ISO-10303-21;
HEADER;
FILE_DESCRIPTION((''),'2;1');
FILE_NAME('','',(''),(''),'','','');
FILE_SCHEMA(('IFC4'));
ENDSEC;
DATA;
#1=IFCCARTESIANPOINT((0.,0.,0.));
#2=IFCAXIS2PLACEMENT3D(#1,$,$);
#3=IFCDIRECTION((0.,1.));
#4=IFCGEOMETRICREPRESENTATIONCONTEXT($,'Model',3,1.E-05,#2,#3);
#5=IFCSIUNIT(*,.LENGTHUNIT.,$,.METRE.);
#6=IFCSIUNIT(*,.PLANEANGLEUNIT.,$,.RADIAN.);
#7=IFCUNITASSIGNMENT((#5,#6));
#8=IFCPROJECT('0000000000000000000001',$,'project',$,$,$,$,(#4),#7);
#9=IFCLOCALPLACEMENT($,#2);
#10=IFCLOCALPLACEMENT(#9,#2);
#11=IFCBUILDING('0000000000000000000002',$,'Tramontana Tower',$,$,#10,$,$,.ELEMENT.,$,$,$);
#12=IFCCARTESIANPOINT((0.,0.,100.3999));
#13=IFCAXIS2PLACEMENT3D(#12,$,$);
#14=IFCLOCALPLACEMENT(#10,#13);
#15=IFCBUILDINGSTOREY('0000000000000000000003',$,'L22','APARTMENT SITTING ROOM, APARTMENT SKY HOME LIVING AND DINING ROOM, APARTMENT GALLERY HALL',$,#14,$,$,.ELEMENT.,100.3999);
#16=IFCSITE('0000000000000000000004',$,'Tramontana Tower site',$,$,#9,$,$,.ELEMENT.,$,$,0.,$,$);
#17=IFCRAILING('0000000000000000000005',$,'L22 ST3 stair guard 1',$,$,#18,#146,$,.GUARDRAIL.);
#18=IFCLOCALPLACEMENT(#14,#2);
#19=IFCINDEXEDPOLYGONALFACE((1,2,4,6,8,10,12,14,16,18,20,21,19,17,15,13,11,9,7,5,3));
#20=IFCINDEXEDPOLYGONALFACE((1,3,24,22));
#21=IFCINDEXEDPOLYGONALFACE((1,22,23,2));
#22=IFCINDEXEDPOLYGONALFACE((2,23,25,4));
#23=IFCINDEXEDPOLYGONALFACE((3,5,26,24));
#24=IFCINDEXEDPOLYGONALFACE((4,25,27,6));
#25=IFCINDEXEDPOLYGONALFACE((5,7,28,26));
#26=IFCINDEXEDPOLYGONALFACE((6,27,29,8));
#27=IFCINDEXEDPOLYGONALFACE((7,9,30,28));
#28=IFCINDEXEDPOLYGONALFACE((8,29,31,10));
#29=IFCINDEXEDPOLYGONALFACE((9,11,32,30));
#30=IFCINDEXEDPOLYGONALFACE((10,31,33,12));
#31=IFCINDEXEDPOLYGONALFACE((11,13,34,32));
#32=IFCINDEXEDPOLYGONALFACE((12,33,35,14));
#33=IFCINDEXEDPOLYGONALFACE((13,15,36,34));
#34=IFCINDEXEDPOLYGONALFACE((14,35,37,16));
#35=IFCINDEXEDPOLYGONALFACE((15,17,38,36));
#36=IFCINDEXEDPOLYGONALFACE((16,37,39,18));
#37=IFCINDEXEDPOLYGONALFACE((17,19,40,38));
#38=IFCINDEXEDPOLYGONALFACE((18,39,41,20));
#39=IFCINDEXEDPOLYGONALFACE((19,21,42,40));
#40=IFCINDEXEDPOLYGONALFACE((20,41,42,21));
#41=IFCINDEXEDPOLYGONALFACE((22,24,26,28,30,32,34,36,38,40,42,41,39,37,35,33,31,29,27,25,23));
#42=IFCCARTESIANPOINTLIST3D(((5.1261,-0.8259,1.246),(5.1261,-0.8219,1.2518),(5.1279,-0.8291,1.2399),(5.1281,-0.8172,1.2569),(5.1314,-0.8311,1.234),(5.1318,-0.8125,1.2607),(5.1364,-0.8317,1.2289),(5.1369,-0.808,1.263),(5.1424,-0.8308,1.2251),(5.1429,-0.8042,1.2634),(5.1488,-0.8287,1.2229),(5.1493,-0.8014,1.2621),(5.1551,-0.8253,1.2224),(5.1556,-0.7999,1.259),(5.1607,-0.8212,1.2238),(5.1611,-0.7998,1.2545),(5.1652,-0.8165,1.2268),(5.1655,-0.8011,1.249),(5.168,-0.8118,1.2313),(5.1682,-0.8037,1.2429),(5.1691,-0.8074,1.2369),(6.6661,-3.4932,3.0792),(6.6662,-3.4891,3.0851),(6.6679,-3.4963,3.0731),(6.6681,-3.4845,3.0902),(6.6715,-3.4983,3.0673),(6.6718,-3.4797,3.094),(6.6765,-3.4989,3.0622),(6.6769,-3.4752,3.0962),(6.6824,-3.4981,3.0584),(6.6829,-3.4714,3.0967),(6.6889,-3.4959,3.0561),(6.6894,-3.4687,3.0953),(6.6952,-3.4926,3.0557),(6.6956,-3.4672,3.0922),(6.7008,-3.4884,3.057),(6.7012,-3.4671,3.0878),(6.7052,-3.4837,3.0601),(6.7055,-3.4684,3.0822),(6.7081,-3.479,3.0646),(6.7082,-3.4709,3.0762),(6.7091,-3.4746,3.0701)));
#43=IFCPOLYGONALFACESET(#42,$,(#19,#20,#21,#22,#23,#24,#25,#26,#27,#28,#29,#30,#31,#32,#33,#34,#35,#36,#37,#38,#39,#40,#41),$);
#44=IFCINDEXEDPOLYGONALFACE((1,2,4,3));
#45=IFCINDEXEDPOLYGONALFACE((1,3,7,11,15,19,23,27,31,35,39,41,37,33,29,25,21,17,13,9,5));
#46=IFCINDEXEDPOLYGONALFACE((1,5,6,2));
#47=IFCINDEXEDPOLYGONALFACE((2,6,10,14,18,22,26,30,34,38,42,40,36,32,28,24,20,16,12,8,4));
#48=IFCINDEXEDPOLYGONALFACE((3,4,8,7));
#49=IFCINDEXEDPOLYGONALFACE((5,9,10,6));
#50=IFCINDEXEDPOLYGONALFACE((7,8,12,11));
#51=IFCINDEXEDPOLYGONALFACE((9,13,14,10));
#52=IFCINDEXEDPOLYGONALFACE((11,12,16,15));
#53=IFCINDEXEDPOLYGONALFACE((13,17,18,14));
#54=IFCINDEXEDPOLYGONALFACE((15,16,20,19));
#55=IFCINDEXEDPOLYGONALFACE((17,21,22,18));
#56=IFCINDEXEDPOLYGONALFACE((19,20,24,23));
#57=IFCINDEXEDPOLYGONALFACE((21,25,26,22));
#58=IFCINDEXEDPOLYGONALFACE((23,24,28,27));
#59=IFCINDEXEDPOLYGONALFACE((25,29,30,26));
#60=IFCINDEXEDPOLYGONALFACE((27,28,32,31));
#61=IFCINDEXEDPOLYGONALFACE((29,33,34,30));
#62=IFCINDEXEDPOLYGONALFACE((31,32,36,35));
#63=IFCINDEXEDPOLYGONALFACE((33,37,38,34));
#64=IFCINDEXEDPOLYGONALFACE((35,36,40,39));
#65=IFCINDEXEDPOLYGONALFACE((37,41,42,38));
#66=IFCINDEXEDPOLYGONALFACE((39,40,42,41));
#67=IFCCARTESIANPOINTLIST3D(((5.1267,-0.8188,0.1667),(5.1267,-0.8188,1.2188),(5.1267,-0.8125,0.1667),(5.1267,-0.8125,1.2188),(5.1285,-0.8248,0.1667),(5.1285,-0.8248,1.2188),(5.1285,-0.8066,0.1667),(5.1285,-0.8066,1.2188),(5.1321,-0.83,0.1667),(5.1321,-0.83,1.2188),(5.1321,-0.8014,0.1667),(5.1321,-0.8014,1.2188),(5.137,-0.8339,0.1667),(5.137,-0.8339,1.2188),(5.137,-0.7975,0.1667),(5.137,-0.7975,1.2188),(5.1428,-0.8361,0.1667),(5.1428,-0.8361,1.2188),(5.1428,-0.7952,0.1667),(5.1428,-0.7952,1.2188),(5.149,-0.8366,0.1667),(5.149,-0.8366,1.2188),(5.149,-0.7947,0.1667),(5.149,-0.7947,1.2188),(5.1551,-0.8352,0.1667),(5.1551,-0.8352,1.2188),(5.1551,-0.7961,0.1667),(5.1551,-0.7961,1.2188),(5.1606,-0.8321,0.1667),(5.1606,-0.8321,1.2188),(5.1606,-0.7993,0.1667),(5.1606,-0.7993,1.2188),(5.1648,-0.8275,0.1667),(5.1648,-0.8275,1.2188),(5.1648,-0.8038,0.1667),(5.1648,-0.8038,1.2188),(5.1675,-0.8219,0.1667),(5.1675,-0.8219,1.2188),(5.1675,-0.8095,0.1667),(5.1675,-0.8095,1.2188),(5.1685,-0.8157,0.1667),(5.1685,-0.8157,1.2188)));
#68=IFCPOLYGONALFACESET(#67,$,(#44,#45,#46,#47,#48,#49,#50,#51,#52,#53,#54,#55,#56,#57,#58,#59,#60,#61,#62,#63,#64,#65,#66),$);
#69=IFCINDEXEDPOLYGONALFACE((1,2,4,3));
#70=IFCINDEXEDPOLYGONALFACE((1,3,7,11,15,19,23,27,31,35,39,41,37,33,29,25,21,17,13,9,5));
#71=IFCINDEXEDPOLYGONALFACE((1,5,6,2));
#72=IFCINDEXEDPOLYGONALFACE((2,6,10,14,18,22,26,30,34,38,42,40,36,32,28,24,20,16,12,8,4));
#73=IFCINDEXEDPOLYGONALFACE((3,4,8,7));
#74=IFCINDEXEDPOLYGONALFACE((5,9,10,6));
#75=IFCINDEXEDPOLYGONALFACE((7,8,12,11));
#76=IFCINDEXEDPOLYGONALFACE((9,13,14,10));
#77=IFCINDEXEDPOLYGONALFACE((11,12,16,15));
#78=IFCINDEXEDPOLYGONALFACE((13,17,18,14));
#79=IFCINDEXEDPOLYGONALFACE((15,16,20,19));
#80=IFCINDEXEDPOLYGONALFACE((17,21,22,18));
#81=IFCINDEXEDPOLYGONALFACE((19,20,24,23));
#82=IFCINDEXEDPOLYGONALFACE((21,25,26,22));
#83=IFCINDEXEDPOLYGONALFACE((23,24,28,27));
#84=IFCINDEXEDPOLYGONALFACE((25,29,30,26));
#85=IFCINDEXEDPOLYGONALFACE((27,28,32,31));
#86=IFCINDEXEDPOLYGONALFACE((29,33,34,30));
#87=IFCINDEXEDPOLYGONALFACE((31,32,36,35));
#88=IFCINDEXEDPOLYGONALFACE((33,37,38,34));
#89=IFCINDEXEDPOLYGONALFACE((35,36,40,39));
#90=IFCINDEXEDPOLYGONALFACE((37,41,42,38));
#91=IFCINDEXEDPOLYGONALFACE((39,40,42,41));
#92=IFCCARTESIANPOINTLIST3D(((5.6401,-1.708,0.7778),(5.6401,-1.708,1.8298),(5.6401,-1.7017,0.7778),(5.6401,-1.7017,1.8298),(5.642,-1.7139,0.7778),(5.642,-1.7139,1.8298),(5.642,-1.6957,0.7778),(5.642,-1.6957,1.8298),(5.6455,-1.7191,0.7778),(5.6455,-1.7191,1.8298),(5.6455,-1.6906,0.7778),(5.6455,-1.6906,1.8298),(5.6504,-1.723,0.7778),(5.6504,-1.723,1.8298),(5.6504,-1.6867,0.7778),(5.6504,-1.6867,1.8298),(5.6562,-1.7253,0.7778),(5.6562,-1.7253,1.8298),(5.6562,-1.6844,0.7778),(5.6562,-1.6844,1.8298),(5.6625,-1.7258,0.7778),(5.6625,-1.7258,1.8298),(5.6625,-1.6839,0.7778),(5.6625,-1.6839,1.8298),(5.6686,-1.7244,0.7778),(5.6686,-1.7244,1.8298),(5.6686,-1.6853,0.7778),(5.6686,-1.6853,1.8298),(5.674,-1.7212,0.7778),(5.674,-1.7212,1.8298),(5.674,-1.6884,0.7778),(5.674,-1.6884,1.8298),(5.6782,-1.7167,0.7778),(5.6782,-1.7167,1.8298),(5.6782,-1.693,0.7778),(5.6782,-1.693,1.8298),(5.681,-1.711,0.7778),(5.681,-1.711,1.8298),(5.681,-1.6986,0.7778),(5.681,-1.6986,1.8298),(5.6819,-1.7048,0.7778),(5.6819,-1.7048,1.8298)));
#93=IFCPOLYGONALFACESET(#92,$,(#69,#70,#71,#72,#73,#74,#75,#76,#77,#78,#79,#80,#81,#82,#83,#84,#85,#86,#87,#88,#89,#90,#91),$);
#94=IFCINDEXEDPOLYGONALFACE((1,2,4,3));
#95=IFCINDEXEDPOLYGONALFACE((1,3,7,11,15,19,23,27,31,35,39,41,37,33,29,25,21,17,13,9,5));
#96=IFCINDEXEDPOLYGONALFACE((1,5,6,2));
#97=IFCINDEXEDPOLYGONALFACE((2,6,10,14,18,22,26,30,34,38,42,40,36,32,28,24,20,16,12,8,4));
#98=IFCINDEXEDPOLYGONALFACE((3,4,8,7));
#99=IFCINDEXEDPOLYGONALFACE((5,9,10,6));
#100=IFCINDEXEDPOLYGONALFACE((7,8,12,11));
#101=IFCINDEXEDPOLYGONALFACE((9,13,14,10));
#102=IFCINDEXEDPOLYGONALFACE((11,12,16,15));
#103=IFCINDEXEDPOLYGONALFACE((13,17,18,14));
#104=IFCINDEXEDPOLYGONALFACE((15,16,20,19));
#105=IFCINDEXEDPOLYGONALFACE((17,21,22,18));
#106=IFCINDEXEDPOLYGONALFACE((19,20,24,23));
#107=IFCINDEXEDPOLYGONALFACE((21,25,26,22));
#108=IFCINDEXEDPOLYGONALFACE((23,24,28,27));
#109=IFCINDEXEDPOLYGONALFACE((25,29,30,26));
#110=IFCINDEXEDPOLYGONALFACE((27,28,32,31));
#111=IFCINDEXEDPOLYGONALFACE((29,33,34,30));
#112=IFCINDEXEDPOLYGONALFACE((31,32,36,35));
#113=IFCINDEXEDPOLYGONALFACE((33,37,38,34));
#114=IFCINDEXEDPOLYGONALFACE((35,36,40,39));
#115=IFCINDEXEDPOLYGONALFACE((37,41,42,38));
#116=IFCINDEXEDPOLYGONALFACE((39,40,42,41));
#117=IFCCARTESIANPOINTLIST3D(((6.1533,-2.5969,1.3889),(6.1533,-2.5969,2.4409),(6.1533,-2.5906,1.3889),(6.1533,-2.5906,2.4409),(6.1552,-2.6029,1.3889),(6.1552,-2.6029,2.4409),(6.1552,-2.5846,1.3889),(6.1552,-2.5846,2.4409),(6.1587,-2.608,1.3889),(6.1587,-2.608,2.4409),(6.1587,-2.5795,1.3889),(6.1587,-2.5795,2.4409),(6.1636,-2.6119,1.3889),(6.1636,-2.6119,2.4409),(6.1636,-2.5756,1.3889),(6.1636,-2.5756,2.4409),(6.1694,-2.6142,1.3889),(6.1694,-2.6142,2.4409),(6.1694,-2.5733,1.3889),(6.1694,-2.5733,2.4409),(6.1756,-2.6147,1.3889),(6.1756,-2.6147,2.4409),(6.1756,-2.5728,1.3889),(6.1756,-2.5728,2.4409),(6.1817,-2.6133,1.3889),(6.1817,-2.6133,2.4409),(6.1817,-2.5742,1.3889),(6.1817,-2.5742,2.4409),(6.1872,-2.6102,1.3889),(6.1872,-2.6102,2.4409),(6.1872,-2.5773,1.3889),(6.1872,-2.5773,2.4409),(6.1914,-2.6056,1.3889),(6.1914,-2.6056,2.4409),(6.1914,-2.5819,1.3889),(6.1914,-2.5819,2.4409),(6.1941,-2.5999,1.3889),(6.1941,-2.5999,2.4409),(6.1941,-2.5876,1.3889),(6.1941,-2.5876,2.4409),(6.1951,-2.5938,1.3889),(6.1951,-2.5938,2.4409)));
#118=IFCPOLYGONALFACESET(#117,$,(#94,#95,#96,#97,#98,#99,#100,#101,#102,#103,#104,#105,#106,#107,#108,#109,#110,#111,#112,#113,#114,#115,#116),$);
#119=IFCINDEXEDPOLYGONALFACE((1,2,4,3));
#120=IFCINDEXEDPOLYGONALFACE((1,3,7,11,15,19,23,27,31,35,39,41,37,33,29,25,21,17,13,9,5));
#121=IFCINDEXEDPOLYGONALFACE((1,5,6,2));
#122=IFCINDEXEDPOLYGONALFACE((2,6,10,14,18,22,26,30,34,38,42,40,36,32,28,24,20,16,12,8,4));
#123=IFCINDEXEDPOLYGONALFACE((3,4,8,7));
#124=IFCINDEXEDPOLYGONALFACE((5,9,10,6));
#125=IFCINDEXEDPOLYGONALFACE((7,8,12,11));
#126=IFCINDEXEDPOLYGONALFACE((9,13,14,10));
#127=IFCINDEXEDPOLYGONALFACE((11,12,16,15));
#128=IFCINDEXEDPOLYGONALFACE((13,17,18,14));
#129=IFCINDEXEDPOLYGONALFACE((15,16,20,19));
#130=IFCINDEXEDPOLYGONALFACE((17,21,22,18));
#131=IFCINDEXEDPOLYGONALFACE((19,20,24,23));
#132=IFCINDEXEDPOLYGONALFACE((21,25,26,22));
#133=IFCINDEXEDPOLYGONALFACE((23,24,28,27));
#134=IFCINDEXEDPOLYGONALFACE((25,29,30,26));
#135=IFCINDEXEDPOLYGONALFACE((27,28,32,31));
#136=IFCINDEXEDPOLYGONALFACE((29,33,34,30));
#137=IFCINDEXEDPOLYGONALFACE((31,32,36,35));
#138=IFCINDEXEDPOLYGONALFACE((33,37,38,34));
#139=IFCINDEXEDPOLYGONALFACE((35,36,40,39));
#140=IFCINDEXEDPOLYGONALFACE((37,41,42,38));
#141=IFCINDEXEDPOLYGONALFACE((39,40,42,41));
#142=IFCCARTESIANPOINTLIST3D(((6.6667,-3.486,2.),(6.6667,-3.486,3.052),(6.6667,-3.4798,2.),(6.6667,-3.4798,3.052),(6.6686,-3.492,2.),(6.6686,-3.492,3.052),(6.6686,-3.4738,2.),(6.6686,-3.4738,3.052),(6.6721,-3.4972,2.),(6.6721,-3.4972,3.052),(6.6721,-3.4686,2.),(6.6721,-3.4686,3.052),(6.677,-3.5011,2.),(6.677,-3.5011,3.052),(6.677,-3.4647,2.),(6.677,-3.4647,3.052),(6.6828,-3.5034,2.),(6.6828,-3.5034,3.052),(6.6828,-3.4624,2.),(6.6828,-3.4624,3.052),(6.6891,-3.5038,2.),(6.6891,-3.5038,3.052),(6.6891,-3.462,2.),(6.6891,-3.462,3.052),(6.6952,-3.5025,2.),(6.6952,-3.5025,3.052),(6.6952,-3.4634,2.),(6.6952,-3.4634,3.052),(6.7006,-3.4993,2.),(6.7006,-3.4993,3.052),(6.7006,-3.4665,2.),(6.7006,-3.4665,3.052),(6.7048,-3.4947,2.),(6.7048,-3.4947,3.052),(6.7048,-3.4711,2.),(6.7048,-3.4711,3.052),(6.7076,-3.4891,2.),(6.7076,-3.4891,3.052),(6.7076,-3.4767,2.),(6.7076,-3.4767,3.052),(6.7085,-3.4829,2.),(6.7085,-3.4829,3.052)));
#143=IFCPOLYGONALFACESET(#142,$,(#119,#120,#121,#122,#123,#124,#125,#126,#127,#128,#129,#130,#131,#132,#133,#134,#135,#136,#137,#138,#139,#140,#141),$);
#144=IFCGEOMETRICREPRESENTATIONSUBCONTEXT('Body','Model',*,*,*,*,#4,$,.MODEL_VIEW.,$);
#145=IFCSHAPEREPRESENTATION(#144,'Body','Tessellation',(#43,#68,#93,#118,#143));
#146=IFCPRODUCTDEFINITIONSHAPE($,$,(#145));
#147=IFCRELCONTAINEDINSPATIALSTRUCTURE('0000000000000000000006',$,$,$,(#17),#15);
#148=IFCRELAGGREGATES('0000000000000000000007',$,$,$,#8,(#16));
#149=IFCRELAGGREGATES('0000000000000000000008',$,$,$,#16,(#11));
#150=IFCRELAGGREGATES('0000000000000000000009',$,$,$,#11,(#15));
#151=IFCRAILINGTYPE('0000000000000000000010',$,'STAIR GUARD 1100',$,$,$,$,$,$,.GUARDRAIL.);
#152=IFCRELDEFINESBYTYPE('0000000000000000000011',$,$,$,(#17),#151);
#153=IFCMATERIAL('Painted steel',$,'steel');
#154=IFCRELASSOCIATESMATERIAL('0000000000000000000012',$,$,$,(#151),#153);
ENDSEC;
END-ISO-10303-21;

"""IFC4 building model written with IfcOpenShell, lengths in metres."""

from ifc_helpers import new_model, si_unit, direction, frame, origin, origin_2d, place, context, subcontext, project, spatial, circle, extrude, material, type_object, element, save


model = new_model("IFC4")

# Units and contexts
model_context = context("Model", 3, precision=1e-05, world=origin(), true_north=direction((0.0, 1.0)))
body_context = subcontext(model_context, "Body", "Model", "MODEL_VIEW")
ifc_project = project(units=[si_unit("LENGTHUNIT", "METRE"), si_unit("PLANEANGLEUNIT", "RADIAN")], contexts=[model_context])

# Site, building, storey
site_placement = place(None, origin())
site = spatial("IfcSite", under=ifc_project, at=site_placement, Name="Tramontana Tower site", CompositionType="ELEMENT", RefElevation=0.0)
building_placement = place(site_placement, origin())
building = spatial("IfcBuilding", under=site, at=building_placement, Name="Tramontana Tower", CompositionType="ELEMENT")
storey_placement = place(building_placement, frame((0.0, 0.0, 100.3999)))
storey = spatial("IfcBuildingStorey", under=building, at=storey_placement, Name="L22", Description="APARTMENT SITTING ROOM, APARTMENT SKY HOME LIVING AND DINING ROOM, APARTMENT GALLERY HALL", CompositionType="ELEMENT", Elevation=100.3999)

# Railing
ifc_material_1 = material(Name="Painted steel", Category="steel")
railing_type_1 = type_object("IfcRailingType", Name="STAIR GUARD 1100", PredefinedType="GUARDRAIL", material=ifc_material_1)
railing_1_placement = place(storey_placement, frame((5.1475, -0.8157, 0.1667)))
element("IfcRailing", 1, at=railing_1_placement, inside=storey, type_object=railing_type_1, Name="L22 ST3 stair guard 1", PredefinedType="GUARDRAIL", context=body_context, shape_type="SweptSolid", body=[
    extrude(circle(Radius=0.0239, at=origin_2d()), frame((0.0, 0.0, 1.0762), z_axis=(0.429671, -0.744159, 0.511478), x_axis=(0.86601, 0.500027, 0.0)), (0.0, 0.0, 1.0), 3.5842),
    extrude(circle(Radius=0.021, at=origin_2d()), origin(), (0.0, 0.0, 1.0), 1.052),
    extrude(circle(Radius=0.021, at=origin_2d()), frame((0.5134, -0.8892, 0.6111)), (0.0, 0.0, 1.0), 1.052),
    extrude(circle(Radius=0.021, at=origin_2d()), frame((1.0266, -1.7781, 1.2222)), (0.0, 0.0, 1.0), 1.052),
    extrude(circle(Radius=0.021, at=origin_2d()), frame((1.54, -2.6672, 1.8333)), (0.0, 0.0, 1.0), 1.052),
])

save(model, "model.ifc")
